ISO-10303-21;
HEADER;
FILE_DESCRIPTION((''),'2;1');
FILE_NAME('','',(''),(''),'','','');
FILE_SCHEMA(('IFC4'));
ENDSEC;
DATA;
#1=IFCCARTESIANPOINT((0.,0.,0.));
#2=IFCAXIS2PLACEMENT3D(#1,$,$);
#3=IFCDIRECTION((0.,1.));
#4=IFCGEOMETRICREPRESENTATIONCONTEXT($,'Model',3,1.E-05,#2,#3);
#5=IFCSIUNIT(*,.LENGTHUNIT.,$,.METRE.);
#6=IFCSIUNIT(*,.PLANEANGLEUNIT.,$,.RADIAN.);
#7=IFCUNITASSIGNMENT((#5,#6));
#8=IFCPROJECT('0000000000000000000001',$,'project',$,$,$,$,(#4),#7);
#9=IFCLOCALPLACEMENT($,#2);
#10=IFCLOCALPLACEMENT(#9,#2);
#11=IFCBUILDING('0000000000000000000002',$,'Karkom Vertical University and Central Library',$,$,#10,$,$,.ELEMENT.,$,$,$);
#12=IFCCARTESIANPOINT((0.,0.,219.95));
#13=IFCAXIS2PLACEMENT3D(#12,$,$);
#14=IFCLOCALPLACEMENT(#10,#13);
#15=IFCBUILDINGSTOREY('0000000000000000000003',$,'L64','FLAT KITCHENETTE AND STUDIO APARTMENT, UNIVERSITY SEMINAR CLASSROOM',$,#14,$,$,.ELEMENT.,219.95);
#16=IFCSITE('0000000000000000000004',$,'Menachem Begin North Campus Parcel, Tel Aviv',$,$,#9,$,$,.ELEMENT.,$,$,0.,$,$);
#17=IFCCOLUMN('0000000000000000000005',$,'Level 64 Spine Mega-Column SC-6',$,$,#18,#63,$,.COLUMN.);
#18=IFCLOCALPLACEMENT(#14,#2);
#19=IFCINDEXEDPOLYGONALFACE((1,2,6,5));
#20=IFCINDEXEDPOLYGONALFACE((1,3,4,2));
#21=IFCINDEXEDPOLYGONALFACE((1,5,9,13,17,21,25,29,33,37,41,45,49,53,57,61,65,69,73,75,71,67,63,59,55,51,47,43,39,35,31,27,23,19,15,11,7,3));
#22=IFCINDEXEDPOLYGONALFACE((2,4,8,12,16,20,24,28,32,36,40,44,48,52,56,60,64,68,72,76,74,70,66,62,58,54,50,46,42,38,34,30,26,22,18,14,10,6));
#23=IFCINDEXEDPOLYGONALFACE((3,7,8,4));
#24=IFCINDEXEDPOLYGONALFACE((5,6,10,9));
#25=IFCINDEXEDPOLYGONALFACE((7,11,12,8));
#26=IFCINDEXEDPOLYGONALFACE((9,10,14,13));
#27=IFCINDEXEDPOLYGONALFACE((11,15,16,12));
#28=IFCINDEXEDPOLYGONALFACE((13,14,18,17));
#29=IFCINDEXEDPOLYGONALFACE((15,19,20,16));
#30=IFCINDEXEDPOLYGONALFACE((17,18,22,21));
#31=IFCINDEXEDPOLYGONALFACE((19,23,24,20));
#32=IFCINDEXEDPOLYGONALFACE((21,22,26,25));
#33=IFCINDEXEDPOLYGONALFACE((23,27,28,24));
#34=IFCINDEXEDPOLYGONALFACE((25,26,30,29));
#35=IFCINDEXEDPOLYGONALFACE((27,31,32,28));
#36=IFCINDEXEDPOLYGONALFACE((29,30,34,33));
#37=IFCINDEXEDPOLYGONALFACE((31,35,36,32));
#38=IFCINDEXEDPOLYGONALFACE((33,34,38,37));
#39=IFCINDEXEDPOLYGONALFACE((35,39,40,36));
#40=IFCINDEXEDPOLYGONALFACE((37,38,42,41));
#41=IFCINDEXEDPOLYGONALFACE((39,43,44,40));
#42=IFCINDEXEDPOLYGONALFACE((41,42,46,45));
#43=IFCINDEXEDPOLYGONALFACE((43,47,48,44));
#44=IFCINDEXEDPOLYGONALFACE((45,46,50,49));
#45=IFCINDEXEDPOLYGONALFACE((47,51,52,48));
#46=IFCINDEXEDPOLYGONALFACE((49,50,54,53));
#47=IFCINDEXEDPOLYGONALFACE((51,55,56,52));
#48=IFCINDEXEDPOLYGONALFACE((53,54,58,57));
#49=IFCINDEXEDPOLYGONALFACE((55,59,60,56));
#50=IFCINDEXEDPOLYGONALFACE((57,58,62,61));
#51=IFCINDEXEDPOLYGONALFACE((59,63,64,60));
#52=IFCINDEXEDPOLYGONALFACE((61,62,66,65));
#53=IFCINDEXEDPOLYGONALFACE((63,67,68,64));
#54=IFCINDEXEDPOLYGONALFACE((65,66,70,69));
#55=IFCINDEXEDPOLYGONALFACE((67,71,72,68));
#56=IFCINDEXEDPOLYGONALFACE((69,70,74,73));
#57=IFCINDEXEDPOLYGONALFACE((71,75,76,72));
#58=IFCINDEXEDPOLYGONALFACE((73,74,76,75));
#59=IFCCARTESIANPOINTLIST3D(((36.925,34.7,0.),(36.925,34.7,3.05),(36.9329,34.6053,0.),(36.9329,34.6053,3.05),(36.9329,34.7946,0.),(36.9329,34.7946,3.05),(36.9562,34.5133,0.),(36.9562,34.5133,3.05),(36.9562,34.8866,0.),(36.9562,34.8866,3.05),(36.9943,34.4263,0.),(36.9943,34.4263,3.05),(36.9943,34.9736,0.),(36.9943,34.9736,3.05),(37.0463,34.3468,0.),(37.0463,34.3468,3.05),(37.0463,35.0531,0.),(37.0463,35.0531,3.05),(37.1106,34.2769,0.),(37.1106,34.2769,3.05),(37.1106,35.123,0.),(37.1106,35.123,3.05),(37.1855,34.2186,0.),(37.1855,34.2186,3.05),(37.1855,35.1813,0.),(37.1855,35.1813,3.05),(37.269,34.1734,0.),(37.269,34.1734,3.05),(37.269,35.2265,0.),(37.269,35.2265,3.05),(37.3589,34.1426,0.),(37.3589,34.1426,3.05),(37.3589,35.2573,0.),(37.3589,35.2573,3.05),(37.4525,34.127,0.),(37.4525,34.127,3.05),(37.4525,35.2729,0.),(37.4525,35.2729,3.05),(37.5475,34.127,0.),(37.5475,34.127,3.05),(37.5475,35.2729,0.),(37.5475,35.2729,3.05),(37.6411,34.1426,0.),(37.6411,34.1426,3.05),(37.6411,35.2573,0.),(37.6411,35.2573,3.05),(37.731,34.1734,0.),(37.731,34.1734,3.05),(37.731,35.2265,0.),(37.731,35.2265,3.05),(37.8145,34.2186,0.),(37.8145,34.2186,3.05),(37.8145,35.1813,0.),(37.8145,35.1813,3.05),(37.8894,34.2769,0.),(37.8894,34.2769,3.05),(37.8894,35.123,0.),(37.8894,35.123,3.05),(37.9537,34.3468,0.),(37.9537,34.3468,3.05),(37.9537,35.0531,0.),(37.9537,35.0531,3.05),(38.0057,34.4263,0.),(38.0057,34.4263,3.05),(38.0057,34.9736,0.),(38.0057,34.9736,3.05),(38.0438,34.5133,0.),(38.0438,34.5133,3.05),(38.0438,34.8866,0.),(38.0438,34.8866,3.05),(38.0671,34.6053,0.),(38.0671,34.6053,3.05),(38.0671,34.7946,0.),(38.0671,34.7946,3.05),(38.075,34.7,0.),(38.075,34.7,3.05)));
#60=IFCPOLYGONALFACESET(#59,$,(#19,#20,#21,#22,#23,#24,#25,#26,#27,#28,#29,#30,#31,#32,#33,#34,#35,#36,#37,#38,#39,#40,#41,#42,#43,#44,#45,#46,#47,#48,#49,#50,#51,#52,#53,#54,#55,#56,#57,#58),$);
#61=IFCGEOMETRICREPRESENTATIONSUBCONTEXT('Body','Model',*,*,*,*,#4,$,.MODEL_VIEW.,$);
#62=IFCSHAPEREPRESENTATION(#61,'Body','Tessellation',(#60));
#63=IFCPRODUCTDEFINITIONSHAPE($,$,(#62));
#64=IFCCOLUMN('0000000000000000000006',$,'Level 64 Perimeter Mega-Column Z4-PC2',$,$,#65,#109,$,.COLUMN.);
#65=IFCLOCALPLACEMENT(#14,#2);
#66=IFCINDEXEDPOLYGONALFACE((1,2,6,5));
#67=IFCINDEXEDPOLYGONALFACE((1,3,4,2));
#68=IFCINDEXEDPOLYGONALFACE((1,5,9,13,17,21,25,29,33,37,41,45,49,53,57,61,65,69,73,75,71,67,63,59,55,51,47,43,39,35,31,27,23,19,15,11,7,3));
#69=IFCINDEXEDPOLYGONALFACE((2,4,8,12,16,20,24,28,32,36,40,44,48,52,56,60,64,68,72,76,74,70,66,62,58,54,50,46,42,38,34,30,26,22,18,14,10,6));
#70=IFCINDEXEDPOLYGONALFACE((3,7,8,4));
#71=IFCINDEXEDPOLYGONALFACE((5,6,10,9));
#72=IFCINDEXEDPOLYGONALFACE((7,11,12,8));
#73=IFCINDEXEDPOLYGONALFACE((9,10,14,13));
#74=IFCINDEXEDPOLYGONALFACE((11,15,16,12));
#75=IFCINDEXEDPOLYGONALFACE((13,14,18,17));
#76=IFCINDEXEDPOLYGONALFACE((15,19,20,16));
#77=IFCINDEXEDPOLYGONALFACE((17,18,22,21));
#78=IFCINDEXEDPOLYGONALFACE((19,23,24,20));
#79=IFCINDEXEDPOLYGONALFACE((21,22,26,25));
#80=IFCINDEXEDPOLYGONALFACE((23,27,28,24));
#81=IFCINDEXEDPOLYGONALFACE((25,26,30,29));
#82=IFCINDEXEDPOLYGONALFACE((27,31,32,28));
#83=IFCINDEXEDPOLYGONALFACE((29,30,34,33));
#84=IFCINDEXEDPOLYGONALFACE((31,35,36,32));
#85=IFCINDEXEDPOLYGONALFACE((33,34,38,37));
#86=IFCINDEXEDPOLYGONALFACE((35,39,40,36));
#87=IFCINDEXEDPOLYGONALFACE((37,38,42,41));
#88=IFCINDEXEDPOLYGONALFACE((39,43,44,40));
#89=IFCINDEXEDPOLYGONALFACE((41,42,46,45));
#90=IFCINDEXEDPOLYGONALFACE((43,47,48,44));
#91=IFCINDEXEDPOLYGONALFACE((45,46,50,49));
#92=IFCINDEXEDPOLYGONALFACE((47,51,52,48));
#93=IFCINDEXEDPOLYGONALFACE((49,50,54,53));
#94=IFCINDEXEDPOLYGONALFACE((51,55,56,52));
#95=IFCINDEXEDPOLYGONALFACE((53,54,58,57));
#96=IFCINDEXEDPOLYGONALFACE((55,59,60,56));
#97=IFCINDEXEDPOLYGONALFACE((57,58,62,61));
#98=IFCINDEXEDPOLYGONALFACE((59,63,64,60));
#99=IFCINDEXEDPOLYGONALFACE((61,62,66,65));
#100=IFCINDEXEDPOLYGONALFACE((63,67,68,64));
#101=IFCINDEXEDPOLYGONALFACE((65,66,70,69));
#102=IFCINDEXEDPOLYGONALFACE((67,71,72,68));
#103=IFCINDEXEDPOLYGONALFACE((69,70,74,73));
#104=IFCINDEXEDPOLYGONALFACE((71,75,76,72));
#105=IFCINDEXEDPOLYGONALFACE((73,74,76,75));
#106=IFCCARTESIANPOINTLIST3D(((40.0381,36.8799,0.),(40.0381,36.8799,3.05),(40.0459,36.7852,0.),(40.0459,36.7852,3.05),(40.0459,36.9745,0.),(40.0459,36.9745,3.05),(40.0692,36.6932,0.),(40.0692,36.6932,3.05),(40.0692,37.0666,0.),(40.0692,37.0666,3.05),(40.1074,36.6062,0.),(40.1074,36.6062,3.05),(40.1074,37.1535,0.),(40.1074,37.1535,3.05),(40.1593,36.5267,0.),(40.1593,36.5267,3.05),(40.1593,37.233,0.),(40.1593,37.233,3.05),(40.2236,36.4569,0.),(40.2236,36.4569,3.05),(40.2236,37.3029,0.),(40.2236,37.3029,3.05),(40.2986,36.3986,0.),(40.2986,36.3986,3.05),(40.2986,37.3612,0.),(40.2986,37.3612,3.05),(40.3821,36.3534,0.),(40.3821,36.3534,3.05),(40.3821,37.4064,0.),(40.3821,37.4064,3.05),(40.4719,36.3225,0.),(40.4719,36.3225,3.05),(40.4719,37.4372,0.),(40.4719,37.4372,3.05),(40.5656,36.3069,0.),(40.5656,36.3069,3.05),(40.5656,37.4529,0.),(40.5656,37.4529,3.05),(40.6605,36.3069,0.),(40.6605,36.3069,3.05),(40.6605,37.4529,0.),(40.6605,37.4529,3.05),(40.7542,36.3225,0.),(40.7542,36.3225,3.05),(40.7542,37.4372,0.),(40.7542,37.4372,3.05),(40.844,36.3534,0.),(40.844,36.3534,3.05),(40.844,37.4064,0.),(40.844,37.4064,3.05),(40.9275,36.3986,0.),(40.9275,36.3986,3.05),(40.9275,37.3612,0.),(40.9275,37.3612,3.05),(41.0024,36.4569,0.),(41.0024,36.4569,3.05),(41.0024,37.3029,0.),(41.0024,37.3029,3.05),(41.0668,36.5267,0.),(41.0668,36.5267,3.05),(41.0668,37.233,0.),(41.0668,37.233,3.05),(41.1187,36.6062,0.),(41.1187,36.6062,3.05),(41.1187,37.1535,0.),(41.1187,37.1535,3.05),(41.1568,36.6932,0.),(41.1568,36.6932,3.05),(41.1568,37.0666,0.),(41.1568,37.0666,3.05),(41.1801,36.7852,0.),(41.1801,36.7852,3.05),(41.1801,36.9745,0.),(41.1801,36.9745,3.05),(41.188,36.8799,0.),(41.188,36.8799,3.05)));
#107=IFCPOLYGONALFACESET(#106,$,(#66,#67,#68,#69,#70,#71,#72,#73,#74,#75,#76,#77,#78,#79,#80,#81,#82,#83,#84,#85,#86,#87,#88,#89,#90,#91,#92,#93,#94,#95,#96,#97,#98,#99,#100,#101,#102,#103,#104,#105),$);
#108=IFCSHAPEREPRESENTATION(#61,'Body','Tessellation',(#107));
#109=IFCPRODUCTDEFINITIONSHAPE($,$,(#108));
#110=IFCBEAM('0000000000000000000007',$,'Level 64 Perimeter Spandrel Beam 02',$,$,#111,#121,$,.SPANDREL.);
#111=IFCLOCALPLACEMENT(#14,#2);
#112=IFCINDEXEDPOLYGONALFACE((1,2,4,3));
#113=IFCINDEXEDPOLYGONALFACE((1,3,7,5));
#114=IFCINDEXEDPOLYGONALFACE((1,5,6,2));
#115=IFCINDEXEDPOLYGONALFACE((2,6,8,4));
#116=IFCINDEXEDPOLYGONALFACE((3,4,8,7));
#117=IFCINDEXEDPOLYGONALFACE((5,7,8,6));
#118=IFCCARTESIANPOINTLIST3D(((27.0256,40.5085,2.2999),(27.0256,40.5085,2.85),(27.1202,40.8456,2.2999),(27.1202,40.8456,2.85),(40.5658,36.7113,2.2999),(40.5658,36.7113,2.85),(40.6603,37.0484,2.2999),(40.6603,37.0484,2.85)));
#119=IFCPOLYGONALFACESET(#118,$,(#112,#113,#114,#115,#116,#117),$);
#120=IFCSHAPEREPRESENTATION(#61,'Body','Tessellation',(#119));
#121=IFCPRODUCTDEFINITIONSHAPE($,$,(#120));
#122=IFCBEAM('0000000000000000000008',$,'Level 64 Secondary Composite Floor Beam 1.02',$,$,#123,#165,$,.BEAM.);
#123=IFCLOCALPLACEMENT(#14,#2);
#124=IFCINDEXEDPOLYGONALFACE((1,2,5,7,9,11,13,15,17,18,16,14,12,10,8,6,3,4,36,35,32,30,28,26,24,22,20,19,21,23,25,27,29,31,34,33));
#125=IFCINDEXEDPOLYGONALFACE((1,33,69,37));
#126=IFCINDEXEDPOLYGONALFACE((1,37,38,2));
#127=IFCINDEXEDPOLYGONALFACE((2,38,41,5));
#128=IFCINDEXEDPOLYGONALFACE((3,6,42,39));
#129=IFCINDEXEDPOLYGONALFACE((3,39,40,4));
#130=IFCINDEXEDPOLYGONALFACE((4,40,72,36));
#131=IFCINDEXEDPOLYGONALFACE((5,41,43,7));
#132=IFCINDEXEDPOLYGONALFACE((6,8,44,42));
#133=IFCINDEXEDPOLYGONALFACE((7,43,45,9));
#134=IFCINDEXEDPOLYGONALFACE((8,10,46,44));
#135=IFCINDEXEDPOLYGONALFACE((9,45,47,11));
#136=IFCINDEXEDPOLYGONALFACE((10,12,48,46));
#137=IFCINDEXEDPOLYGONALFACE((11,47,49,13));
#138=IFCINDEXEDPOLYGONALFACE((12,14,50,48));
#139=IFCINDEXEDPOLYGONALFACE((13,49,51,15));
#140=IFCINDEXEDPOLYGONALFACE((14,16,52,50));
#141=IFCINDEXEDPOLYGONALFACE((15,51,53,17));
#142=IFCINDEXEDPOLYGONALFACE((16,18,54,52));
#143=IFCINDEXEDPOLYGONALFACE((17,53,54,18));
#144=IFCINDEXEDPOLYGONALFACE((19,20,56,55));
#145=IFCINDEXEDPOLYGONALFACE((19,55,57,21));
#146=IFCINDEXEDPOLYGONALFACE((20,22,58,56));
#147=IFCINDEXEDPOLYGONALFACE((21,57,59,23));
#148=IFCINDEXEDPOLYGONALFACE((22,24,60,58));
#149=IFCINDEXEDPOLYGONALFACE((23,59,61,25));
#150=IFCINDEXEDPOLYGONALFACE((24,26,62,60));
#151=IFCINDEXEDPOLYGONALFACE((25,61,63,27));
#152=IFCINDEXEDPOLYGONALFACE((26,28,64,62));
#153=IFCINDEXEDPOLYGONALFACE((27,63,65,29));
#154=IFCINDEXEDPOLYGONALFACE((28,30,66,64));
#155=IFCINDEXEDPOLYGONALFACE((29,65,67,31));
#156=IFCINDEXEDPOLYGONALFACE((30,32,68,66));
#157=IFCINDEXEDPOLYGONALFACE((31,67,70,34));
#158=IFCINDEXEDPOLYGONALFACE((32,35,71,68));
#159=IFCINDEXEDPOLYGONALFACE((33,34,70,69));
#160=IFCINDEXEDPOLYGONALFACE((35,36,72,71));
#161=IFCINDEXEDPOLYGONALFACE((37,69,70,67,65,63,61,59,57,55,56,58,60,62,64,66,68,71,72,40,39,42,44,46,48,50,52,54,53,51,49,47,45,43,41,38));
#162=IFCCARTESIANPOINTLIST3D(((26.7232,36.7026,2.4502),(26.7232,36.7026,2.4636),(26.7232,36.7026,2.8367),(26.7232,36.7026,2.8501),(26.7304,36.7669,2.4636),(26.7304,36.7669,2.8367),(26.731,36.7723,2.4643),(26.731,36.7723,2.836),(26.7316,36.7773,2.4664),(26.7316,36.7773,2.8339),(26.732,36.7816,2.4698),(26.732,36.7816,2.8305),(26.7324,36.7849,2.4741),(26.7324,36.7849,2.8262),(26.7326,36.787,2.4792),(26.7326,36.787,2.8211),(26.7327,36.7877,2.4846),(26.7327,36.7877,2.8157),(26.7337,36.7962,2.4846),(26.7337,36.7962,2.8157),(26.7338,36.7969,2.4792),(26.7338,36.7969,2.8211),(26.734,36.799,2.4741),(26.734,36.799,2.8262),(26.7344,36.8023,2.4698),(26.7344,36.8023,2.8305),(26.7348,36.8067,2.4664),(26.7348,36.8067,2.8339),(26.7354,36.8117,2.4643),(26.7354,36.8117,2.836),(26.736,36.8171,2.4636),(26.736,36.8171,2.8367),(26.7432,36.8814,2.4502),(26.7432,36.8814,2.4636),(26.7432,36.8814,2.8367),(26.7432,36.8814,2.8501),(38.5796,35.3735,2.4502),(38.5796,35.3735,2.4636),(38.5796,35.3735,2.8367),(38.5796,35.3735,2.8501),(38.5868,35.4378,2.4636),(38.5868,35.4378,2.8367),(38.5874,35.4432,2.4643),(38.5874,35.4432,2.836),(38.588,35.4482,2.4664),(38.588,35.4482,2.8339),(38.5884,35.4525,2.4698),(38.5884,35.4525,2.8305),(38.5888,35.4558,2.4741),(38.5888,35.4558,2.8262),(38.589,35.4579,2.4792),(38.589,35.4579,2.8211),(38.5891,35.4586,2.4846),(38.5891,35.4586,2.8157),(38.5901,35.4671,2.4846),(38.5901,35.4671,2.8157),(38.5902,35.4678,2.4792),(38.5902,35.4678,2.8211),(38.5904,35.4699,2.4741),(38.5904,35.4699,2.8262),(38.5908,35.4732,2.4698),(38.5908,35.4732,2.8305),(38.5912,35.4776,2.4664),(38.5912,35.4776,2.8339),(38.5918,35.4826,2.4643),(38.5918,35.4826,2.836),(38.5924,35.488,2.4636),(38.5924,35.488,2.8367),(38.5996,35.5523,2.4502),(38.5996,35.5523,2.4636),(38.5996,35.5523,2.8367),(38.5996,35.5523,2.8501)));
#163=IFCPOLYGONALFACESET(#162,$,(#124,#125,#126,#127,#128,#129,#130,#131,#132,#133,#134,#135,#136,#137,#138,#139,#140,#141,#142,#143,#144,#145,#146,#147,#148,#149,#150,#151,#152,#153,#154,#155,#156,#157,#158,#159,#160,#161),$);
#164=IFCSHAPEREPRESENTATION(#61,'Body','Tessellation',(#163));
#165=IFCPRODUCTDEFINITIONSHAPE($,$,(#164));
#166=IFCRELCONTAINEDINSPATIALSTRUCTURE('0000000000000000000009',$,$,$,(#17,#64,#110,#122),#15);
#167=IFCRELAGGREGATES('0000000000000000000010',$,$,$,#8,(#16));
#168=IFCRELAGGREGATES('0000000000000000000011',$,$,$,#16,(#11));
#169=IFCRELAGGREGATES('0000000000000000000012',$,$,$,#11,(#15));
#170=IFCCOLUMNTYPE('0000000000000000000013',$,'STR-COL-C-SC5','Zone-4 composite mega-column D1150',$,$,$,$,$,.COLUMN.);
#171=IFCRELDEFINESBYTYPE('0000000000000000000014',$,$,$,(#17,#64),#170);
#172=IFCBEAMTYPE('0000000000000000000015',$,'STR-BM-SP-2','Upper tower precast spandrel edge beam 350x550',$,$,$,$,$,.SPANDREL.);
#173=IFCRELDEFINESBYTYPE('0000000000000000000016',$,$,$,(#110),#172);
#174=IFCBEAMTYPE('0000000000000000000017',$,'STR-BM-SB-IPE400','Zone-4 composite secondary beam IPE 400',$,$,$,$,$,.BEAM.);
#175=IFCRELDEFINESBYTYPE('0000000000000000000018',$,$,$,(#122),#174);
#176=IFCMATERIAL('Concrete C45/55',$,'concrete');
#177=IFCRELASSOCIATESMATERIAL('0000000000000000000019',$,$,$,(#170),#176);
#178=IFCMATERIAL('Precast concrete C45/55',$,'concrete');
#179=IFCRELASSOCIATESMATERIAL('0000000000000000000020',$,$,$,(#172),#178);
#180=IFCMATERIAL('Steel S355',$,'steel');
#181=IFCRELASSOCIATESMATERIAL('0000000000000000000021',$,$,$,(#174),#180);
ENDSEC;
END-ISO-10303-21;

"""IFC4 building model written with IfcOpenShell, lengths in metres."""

from ifc_helpers import new_model, si_unit, direction, frame, origin, origin_with_axes, origin_2d, place, context, subcontext, project, spatial, rectangle, circle, i_section, extrude, source, transform, mapped, material, material_profile, profile_set, type_object, element, save


model = new_model("IFC4")

# Units and contexts
model_context = context("Model", 3, precision=1e-05, world=origin(), true_north=direction((0.0, 1.0)))
body_context = subcontext(model_context, "Body", "Model", "MODEL_VIEW")
ifc_project = project(units=[si_unit("LENGTHUNIT", "METRE"), si_unit("PLANEANGLEUNIT", "RADIAN")], contexts=[model_context])

# Site, building, storey
site_placement = place(None, origin())
site = spatial("IfcSite", under=ifc_project, at=site_placement, Name="Menachem Begin North Campus Parcel, Tel Aviv", CompositionType="ELEMENT", RefElevation=0.0)
building_placement = place(site_placement, origin())
building = spatial("IfcBuilding", under=site, at=building_placement, Name="Karkom Vertical University and Central Library", CompositionType="ELEMENT")
storey_placement = place(building_placement, frame((0.0, 0.0, 219.95)))
storey = spatial("IfcBuildingStorey", under=building, at=storey_placement, Name="L64", Description="FLAT KITCHENETTE AND STUDIO APARTMENT, UNIVERSITY SEMINAR CLASSROOM", CompositionType="ELEMENT", Elevation=219.95)

# Columns
ifc_material_1 = material(Name="Concrete C45/55", Category="concrete")
ifc_material_profile_1 = material_profile(ifc_material_1, circle(Radius=0.575, at=origin_2d()), Name="CFT-D1150")
ifc_profile_set_1 = profile_set([ifc_material_profile_1], Name="Concrete C45/55")
column_type = type_object("IfcColumnType", Name="STR-COL-C-SC5", Description="Zone-4 composite mega-column D1150", PredefinedType="COLUMN", material=ifc_profile_set_1)
shared_shape_1 = source(origin_with_axes(), body_context, "Body", "SweptSolid", [
    extrude(circle(Radius=0.575, at=origin_2d()), origin(), (0.0, 0.0, 1.0), 3.05),
])
for number, where, z_axis, x_axis, name in (
    (1, (37.5, 34.7, 0.0), (0.0, 0.0, 1.0), (1.0, 0.0, 0.0), "Level 64 Spine Mega-Column SC-6"),
    (2, (40.613, 36.8799, 0.0), (0.0, 0.0, 1.0), (1.0, 0.0, 0.0), "Level 64 Perimeter Mega-Column Z4-PC2"),
):
    element("IfcColumn", number, at=place(storey_placement, frame(where, z_axis=z_axis, x_axis=x_axis)), inside=storey, type_object=column_type, Name=name, PredefinedType="COLUMN", context=body_context, shape_type="MappedRepresentation", body=[
        mapped(shared_shape_1, transform((0.0, 0.0, 0.0), scale=1.0)),
    ])

# Beams
ifc_material_2 = material(Name="Precast concrete C45/55", Category="concrete")
ifc_material_profile_2 = material_profile(ifc_material_2, rectangle(XDim=0.3501, YDim=0.55, at=origin_2d()), Name="SPB-350x550")
ifc_profile_set_2 = profile_set([ifc_material_profile_2], Name="Precast concrete C45/55")
beam_type_1 = type_object("IfcBeamType", Name="STR-BM-SP-2", Description="Upper tower precast spandrel edge beam 350x550", PredefinedType="SPANDREL", material=ifc_profile_set_2)
shared_shape_2 = source(origin_with_axes(), body_context, "Body", "SweptSolid", [
    extrude(rectangle(XDim=0.3501, YDim=0.55, at=origin_2d()), origin(), (0.0, 0.0, 1.0), 14.0625),
])
beam_1_placement = place(storey_placement, frame((40.613, 36.8799, 2.575), z_axis=(-0.962855, 0.27002, 0.0), x_axis=(-0.27002, -0.962855, 0.0)))
element("IfcBeam", 3, at=beam_1_placement, inside=storey, type_object=beam_type_1, Name="Level 64 Perimeter Spandrel Beam 02", PredefinedType="SPANDREL", context=body_context, shape_type="MappedRepresentation", body=[
    mapped(shared_shape_2, transform((0.0, 0.0, 0.0), scale=1.0)),
])
ifc_material_3 = material(Name="Steel S355", Category="steel")
ifc_material_profile_3 = material_profile(ifc_material_3, i_section(OverallWidth=0.1799, OverallDepth=0.3999, WebThickness=0.0085, FlangeThickness=0.0134, FilletRadius=0.021, at=origin_2d()), Name="IPE 400")
ifc_profile_set_3 = profile_set([ifc_material_profile_3], Name="Steel S355")
beam_type_2 = type_object("IfcBeamType", Name="STR-BM-SB-IPE400", Description="Zone-4 composite secondary beam IPE 400", PredefinedType="BEAM", material=ifc_profile_set_3)
shared_shape_3 = source(origin_with_axes(), body_context, "Body", "SweptSolid", [
    extrude(i_section(OverallWidth=0.1799, OverallDepth=0.3999, WebThickness=0.0085, FlangeThickness=0.0134, FilletRadius=0.021, at=origin_2d()), origin(), (0.0, 0.0, 1.0), 11.9307),
])
beam_2_placement = place(storey_placement, frame((38.5896, 35.4629, 2.6501), z_axis=(-0.993775, 0.111402, 0.0), x_axis=(-0.111402, -0.993775, 0.0)))
element("IfcBeam", 4, at=beam_2_placement, inside=storey, type_object=beam_type_2, Name="Level 64 Secondary Composite Floor Beam 1.02", PredefinedType="BEAM", context=body_context, shape_type="MappedRepresentation", body=[
    mapped(shared_shape_3, transform((0.0, 0.0, 0.0), scale=1.0)),
])

save(model, "model.ifc")
